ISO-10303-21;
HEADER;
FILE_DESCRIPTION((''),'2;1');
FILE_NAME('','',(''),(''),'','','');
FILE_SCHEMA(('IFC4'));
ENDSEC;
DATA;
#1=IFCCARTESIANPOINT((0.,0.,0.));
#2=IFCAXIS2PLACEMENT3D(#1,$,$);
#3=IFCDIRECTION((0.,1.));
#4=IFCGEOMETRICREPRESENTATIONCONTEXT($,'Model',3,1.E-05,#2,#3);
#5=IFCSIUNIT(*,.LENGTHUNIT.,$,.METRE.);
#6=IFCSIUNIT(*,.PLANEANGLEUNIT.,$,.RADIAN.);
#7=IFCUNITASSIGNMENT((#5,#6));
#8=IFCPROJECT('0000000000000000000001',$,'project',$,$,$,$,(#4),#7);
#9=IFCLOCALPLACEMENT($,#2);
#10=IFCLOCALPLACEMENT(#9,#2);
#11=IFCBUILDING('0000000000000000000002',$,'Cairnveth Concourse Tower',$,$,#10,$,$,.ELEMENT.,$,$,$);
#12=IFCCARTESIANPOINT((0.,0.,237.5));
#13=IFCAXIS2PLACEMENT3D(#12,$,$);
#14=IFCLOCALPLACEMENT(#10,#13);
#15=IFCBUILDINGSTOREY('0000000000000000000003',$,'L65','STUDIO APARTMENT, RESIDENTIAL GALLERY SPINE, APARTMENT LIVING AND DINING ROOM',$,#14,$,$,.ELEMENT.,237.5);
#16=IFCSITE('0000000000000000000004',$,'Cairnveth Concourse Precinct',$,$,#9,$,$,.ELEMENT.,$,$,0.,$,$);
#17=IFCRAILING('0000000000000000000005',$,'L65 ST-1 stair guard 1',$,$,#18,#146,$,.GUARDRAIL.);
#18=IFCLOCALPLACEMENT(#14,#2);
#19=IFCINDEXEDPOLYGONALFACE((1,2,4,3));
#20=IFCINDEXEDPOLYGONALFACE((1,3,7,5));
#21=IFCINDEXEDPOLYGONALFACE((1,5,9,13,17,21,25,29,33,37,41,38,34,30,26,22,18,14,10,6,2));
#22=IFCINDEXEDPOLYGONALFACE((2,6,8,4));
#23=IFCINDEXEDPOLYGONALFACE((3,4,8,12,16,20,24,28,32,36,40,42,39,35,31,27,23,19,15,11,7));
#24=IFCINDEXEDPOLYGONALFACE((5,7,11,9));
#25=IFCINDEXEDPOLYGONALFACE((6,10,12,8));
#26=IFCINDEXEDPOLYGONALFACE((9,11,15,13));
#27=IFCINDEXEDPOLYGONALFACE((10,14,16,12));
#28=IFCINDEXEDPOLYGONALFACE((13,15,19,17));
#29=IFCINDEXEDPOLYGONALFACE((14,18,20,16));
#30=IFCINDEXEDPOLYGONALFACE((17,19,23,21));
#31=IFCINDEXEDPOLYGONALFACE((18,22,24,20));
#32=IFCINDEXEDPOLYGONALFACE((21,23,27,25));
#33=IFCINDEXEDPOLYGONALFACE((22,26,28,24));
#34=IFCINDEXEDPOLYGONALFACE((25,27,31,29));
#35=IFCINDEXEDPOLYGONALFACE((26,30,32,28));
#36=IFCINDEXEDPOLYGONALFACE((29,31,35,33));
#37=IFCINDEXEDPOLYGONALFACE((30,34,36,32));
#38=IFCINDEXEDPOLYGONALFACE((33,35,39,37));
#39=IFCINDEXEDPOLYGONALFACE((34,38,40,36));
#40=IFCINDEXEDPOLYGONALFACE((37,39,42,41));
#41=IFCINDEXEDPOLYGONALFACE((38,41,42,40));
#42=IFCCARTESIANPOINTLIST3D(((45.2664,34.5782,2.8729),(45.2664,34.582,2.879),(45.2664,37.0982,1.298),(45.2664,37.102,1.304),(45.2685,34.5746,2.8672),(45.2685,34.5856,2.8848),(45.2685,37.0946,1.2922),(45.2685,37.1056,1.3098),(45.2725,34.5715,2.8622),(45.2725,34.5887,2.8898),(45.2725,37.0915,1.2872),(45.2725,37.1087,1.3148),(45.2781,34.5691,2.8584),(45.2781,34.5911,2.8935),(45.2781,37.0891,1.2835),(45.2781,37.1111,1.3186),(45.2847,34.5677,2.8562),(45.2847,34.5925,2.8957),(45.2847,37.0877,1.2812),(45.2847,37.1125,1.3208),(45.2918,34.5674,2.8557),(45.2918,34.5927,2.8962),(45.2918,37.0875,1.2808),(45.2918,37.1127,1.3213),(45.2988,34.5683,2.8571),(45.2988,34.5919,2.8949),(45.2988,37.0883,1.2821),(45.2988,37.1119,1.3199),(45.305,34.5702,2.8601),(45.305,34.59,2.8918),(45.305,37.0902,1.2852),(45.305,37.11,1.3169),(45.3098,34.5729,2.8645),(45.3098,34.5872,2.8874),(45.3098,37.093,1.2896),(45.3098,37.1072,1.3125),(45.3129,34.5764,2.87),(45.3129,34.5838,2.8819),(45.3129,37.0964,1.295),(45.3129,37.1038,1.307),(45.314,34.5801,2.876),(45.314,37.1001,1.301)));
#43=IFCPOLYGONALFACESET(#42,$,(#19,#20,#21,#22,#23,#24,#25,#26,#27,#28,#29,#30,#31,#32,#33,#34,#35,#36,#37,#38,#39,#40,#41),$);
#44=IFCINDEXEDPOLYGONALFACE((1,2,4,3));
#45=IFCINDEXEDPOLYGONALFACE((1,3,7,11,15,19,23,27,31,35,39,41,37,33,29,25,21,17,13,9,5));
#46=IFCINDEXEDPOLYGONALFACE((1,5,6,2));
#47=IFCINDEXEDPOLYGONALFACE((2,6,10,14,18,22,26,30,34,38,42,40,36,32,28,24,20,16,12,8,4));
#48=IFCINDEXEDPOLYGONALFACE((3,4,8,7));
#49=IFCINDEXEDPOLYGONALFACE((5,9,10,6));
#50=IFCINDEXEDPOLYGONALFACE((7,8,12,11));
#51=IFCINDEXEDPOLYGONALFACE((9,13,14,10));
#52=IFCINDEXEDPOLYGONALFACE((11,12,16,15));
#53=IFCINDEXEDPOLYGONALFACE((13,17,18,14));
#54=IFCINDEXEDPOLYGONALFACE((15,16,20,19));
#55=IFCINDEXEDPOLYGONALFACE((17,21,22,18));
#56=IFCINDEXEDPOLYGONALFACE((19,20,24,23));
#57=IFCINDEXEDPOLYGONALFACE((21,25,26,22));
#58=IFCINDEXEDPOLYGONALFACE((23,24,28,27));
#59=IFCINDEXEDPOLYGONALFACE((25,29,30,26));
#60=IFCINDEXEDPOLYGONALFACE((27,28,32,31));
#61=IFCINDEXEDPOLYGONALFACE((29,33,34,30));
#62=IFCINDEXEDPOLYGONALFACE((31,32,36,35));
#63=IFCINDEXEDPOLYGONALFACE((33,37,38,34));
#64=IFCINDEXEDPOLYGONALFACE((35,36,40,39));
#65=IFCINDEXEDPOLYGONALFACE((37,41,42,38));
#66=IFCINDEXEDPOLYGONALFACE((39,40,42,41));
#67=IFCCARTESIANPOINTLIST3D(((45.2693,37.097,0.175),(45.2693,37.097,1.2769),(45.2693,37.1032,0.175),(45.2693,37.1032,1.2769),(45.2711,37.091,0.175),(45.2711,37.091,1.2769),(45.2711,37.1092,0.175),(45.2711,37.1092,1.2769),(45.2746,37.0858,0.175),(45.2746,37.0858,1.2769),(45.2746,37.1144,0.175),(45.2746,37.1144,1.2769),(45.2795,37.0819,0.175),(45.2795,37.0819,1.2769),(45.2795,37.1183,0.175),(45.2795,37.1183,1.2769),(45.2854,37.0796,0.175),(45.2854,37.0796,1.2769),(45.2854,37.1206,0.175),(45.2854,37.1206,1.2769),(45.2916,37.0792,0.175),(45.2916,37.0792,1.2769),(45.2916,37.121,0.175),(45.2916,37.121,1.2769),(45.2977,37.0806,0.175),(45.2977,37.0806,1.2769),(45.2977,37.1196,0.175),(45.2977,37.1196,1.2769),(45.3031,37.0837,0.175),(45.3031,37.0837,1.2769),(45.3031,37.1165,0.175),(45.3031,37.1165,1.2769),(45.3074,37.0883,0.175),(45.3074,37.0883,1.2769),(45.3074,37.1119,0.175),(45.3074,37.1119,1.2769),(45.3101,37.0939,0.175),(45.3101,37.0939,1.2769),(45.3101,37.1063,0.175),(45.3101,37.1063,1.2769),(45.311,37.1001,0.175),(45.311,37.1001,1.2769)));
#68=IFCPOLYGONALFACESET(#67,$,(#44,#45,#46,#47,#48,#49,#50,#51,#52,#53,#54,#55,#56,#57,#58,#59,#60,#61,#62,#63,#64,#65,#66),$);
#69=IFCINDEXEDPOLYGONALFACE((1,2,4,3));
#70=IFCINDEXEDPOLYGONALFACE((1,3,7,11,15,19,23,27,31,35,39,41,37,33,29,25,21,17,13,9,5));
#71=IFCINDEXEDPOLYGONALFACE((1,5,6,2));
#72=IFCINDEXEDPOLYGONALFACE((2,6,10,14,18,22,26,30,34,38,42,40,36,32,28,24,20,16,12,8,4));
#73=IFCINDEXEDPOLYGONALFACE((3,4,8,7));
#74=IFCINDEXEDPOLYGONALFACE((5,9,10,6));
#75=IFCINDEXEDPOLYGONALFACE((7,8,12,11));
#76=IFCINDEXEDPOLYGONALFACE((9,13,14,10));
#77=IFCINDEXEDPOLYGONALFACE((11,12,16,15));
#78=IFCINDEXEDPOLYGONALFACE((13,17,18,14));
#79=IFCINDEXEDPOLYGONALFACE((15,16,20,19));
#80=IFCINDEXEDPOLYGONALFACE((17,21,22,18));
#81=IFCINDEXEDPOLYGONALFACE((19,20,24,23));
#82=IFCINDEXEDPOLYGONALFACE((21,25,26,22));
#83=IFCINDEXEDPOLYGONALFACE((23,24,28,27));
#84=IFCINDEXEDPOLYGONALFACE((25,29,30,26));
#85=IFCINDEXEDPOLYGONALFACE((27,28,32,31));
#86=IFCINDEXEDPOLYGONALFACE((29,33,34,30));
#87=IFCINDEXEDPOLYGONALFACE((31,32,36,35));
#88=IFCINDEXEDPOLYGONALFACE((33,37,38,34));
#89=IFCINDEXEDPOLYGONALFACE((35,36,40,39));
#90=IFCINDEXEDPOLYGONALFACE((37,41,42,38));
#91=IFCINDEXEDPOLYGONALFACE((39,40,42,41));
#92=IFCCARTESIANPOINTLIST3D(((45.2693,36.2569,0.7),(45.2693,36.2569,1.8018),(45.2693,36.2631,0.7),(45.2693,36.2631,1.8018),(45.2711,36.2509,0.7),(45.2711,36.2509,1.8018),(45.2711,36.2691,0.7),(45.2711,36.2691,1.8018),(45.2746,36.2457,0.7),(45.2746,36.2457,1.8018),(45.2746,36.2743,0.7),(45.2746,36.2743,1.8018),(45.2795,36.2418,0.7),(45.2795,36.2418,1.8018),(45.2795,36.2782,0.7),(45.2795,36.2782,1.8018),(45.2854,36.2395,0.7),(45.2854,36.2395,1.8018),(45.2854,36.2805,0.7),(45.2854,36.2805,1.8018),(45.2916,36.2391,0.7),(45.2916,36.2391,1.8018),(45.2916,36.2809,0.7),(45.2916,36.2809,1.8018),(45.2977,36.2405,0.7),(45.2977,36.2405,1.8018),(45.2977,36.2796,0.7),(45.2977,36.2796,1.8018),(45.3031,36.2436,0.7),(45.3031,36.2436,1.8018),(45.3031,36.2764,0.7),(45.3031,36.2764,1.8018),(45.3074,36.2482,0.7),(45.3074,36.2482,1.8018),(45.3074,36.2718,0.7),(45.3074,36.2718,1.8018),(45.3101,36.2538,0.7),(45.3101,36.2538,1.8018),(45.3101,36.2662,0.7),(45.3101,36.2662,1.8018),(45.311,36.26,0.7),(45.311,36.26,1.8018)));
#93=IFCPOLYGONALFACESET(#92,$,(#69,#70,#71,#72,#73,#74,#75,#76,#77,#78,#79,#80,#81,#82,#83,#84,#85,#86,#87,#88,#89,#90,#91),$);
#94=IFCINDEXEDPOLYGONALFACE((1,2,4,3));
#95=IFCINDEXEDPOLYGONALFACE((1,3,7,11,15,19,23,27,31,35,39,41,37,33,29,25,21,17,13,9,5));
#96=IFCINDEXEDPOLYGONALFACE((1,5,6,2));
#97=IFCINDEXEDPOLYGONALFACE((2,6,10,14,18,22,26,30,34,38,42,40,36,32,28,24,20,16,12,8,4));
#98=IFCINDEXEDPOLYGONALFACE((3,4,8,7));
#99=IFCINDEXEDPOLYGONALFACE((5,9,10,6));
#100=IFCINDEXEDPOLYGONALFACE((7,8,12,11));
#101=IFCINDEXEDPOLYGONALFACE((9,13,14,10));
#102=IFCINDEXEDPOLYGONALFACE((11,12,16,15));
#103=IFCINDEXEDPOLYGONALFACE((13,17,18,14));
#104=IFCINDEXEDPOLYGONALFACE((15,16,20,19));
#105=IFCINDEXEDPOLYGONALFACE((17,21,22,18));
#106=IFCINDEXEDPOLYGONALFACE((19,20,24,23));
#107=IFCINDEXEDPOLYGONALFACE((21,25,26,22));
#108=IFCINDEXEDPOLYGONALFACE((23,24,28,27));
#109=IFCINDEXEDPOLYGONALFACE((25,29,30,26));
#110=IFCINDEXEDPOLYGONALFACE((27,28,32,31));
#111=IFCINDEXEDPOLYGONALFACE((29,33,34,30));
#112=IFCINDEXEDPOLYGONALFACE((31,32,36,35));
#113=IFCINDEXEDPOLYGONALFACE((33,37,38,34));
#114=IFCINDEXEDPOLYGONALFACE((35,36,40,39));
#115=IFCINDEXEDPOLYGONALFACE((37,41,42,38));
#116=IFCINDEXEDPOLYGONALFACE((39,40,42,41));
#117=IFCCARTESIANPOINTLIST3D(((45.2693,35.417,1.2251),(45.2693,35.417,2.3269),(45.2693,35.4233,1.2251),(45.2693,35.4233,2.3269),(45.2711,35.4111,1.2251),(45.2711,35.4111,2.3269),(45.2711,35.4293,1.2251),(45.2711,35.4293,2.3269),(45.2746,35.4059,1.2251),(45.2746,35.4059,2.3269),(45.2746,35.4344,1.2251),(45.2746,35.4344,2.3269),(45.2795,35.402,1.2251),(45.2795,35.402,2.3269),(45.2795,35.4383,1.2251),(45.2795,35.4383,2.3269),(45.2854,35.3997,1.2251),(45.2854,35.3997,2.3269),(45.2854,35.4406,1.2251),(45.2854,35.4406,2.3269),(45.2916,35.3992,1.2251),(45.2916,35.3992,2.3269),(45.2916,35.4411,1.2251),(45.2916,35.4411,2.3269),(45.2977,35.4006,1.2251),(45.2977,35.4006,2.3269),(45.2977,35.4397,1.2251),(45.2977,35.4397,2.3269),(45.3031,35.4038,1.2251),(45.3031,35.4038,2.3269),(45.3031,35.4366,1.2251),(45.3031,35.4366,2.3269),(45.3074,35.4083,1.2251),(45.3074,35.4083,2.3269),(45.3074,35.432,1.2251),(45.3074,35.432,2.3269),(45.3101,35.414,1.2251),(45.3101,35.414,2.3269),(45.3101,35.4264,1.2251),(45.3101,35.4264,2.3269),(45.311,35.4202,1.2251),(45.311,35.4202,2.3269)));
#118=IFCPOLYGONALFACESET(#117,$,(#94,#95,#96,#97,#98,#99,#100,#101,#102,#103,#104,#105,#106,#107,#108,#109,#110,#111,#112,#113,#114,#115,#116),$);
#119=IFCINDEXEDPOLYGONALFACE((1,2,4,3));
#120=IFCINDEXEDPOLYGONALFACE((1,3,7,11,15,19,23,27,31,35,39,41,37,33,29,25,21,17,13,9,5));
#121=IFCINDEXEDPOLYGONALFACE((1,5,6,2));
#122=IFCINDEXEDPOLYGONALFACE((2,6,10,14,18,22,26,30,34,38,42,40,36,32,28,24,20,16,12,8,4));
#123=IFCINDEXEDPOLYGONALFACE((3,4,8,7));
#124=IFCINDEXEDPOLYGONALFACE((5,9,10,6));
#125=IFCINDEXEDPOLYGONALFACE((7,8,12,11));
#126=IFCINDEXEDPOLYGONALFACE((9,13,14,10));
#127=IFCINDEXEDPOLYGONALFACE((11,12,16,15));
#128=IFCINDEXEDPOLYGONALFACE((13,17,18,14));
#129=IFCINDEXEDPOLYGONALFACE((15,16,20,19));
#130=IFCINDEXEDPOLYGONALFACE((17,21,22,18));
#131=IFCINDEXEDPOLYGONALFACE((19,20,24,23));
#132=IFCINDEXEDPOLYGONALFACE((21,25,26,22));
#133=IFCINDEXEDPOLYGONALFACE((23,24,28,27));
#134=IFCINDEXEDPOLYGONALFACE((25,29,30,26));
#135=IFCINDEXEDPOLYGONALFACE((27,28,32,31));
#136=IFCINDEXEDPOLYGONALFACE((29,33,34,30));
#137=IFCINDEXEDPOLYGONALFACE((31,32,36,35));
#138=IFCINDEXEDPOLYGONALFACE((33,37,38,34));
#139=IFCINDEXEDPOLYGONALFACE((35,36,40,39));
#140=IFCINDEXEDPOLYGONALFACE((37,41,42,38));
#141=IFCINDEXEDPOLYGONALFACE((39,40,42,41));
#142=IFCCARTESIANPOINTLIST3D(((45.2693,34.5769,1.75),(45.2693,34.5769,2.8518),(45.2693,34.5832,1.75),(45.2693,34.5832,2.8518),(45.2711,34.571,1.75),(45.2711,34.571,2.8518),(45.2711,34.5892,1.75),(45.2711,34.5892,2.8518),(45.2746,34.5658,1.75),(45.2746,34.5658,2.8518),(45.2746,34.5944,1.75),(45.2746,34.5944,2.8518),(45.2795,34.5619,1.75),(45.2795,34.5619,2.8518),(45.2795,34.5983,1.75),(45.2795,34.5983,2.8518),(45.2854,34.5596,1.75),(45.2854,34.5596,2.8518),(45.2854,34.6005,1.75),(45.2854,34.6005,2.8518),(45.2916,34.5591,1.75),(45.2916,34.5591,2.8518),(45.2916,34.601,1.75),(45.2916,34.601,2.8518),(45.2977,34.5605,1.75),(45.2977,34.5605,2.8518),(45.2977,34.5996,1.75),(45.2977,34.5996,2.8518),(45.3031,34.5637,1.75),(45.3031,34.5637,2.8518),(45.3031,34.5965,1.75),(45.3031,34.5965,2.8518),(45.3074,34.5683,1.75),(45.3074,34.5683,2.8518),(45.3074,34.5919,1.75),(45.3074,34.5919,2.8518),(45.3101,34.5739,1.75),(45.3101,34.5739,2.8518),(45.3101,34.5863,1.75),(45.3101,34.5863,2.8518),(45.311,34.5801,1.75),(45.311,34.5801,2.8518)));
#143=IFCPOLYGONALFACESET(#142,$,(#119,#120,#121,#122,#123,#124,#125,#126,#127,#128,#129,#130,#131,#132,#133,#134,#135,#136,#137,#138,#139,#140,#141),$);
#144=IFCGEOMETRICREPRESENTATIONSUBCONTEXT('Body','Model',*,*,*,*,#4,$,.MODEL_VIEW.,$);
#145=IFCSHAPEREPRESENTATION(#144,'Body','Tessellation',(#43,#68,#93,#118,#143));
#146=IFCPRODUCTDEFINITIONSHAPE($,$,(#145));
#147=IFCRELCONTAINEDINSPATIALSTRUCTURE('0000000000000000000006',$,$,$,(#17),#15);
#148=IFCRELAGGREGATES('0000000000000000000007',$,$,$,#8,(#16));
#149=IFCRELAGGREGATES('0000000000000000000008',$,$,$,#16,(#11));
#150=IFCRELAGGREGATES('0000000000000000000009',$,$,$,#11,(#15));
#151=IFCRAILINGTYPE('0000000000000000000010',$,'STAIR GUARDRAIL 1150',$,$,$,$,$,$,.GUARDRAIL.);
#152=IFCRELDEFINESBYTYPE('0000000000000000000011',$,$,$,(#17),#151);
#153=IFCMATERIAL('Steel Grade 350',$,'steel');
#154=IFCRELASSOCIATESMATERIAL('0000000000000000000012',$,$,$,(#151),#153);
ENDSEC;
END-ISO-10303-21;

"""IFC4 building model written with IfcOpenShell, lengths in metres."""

from ifc_helpers import new_model, si_unit, direction, frame, origin, origin_2d, place, context, subcontext, project, spatial, circle, extrude, material, type_object, element, save


model = new_model("IFC4")

# Units and contexts
model_context = context("Model", 3, precision=1e-05, world=origin(), true_north=direction((0.0, 1.0)))
body_context = subcontext(model_context, "Body", "Model", "MODEL_VIEW")
ifc_project = project(units=[si_unit("LENGTHUNIT", "METRE"), si_unit("PLANEANGLEUNIT", "RADIAN")], contexts=[model_context])

# Site, building, storey
site_placement = place(None, origin())
site = spatial("IfcSite", under=ifc_project, at=site_placement, Name="Cairnveth Concourse Precinct", CompositionType="ELEMENT", RefElevation=0.0)
building_placement = place(site_placement, origin())
building = spatial("IfcBuilding", under=site, at=building_placement, Name="Cairnveth Concourse Tower", CompositionType="ELEMENT")
storey_placement = place(building_placement, frame((0.0, 0.0, 237.5)))
storey = spatial("IfcBuildingStorey", under=building, at=storey_placement, Name="L65", Description="STUDIO APARTMENT, RESIDENTIAL GALLERY SPINE, APARTMENT LIVING AND DINING ROOM", CompositionType="ELEMENT", Elevation=237.5)

# Shared definitions
ifc_material_1 = material(Name="Steel Grade 350", Category="steel")

# Railing
railing_type_1 = type_object("IfcRailingType", Name="STAIR GUARDRAIL 1150", PredefinedType="GUARDRAIL", material=ifc_material_1)
railing_1_placement = place(storey_placement, frame((45.29, 37.1001, 0.175)))
element("IfcRailing", 1, at=railing_1_placement, inside=storey, type_object=railing_type_1, Name="L65 ST-1 stair guard 1", PredefinedType="GUARDRAIL", context=body_context, shape_type="SweptSolid", body=[
    extrude(circle(Radius=0.0239, at=origin_2d()), frame((0.0, 0.0, 1.126), z_axis=(0.0, -0.848008, 0.529984), x_axis=(1.0, 0.0, 0.0)), (0.0, 0.0, 1.0), 2.9717),
    extrude(circle(Radius=0.021, at=origin_2d()), origin(), (0.0, 0.0, 1.0), 1.1018),
    extrude(circle(Radius=0.021, at=origin_2d()), frame((0.0, -0.8401, 0.5249)), (0.0, 0.0, 1.0), 1.1018),
    extrude(circle(Radius=0.021, at=origin_2d()), frame((0.0, -1.6799, 1.05)), (0.0, 0.0, 1.0), 1.1018),
    extrude(circle(Radius=0.021, at=origin_2d()), frame((0.0, -2.52, 1.575)), (0.0, 0.0, 1.0), 1.1018),
])

save(model, "model.ifc")
